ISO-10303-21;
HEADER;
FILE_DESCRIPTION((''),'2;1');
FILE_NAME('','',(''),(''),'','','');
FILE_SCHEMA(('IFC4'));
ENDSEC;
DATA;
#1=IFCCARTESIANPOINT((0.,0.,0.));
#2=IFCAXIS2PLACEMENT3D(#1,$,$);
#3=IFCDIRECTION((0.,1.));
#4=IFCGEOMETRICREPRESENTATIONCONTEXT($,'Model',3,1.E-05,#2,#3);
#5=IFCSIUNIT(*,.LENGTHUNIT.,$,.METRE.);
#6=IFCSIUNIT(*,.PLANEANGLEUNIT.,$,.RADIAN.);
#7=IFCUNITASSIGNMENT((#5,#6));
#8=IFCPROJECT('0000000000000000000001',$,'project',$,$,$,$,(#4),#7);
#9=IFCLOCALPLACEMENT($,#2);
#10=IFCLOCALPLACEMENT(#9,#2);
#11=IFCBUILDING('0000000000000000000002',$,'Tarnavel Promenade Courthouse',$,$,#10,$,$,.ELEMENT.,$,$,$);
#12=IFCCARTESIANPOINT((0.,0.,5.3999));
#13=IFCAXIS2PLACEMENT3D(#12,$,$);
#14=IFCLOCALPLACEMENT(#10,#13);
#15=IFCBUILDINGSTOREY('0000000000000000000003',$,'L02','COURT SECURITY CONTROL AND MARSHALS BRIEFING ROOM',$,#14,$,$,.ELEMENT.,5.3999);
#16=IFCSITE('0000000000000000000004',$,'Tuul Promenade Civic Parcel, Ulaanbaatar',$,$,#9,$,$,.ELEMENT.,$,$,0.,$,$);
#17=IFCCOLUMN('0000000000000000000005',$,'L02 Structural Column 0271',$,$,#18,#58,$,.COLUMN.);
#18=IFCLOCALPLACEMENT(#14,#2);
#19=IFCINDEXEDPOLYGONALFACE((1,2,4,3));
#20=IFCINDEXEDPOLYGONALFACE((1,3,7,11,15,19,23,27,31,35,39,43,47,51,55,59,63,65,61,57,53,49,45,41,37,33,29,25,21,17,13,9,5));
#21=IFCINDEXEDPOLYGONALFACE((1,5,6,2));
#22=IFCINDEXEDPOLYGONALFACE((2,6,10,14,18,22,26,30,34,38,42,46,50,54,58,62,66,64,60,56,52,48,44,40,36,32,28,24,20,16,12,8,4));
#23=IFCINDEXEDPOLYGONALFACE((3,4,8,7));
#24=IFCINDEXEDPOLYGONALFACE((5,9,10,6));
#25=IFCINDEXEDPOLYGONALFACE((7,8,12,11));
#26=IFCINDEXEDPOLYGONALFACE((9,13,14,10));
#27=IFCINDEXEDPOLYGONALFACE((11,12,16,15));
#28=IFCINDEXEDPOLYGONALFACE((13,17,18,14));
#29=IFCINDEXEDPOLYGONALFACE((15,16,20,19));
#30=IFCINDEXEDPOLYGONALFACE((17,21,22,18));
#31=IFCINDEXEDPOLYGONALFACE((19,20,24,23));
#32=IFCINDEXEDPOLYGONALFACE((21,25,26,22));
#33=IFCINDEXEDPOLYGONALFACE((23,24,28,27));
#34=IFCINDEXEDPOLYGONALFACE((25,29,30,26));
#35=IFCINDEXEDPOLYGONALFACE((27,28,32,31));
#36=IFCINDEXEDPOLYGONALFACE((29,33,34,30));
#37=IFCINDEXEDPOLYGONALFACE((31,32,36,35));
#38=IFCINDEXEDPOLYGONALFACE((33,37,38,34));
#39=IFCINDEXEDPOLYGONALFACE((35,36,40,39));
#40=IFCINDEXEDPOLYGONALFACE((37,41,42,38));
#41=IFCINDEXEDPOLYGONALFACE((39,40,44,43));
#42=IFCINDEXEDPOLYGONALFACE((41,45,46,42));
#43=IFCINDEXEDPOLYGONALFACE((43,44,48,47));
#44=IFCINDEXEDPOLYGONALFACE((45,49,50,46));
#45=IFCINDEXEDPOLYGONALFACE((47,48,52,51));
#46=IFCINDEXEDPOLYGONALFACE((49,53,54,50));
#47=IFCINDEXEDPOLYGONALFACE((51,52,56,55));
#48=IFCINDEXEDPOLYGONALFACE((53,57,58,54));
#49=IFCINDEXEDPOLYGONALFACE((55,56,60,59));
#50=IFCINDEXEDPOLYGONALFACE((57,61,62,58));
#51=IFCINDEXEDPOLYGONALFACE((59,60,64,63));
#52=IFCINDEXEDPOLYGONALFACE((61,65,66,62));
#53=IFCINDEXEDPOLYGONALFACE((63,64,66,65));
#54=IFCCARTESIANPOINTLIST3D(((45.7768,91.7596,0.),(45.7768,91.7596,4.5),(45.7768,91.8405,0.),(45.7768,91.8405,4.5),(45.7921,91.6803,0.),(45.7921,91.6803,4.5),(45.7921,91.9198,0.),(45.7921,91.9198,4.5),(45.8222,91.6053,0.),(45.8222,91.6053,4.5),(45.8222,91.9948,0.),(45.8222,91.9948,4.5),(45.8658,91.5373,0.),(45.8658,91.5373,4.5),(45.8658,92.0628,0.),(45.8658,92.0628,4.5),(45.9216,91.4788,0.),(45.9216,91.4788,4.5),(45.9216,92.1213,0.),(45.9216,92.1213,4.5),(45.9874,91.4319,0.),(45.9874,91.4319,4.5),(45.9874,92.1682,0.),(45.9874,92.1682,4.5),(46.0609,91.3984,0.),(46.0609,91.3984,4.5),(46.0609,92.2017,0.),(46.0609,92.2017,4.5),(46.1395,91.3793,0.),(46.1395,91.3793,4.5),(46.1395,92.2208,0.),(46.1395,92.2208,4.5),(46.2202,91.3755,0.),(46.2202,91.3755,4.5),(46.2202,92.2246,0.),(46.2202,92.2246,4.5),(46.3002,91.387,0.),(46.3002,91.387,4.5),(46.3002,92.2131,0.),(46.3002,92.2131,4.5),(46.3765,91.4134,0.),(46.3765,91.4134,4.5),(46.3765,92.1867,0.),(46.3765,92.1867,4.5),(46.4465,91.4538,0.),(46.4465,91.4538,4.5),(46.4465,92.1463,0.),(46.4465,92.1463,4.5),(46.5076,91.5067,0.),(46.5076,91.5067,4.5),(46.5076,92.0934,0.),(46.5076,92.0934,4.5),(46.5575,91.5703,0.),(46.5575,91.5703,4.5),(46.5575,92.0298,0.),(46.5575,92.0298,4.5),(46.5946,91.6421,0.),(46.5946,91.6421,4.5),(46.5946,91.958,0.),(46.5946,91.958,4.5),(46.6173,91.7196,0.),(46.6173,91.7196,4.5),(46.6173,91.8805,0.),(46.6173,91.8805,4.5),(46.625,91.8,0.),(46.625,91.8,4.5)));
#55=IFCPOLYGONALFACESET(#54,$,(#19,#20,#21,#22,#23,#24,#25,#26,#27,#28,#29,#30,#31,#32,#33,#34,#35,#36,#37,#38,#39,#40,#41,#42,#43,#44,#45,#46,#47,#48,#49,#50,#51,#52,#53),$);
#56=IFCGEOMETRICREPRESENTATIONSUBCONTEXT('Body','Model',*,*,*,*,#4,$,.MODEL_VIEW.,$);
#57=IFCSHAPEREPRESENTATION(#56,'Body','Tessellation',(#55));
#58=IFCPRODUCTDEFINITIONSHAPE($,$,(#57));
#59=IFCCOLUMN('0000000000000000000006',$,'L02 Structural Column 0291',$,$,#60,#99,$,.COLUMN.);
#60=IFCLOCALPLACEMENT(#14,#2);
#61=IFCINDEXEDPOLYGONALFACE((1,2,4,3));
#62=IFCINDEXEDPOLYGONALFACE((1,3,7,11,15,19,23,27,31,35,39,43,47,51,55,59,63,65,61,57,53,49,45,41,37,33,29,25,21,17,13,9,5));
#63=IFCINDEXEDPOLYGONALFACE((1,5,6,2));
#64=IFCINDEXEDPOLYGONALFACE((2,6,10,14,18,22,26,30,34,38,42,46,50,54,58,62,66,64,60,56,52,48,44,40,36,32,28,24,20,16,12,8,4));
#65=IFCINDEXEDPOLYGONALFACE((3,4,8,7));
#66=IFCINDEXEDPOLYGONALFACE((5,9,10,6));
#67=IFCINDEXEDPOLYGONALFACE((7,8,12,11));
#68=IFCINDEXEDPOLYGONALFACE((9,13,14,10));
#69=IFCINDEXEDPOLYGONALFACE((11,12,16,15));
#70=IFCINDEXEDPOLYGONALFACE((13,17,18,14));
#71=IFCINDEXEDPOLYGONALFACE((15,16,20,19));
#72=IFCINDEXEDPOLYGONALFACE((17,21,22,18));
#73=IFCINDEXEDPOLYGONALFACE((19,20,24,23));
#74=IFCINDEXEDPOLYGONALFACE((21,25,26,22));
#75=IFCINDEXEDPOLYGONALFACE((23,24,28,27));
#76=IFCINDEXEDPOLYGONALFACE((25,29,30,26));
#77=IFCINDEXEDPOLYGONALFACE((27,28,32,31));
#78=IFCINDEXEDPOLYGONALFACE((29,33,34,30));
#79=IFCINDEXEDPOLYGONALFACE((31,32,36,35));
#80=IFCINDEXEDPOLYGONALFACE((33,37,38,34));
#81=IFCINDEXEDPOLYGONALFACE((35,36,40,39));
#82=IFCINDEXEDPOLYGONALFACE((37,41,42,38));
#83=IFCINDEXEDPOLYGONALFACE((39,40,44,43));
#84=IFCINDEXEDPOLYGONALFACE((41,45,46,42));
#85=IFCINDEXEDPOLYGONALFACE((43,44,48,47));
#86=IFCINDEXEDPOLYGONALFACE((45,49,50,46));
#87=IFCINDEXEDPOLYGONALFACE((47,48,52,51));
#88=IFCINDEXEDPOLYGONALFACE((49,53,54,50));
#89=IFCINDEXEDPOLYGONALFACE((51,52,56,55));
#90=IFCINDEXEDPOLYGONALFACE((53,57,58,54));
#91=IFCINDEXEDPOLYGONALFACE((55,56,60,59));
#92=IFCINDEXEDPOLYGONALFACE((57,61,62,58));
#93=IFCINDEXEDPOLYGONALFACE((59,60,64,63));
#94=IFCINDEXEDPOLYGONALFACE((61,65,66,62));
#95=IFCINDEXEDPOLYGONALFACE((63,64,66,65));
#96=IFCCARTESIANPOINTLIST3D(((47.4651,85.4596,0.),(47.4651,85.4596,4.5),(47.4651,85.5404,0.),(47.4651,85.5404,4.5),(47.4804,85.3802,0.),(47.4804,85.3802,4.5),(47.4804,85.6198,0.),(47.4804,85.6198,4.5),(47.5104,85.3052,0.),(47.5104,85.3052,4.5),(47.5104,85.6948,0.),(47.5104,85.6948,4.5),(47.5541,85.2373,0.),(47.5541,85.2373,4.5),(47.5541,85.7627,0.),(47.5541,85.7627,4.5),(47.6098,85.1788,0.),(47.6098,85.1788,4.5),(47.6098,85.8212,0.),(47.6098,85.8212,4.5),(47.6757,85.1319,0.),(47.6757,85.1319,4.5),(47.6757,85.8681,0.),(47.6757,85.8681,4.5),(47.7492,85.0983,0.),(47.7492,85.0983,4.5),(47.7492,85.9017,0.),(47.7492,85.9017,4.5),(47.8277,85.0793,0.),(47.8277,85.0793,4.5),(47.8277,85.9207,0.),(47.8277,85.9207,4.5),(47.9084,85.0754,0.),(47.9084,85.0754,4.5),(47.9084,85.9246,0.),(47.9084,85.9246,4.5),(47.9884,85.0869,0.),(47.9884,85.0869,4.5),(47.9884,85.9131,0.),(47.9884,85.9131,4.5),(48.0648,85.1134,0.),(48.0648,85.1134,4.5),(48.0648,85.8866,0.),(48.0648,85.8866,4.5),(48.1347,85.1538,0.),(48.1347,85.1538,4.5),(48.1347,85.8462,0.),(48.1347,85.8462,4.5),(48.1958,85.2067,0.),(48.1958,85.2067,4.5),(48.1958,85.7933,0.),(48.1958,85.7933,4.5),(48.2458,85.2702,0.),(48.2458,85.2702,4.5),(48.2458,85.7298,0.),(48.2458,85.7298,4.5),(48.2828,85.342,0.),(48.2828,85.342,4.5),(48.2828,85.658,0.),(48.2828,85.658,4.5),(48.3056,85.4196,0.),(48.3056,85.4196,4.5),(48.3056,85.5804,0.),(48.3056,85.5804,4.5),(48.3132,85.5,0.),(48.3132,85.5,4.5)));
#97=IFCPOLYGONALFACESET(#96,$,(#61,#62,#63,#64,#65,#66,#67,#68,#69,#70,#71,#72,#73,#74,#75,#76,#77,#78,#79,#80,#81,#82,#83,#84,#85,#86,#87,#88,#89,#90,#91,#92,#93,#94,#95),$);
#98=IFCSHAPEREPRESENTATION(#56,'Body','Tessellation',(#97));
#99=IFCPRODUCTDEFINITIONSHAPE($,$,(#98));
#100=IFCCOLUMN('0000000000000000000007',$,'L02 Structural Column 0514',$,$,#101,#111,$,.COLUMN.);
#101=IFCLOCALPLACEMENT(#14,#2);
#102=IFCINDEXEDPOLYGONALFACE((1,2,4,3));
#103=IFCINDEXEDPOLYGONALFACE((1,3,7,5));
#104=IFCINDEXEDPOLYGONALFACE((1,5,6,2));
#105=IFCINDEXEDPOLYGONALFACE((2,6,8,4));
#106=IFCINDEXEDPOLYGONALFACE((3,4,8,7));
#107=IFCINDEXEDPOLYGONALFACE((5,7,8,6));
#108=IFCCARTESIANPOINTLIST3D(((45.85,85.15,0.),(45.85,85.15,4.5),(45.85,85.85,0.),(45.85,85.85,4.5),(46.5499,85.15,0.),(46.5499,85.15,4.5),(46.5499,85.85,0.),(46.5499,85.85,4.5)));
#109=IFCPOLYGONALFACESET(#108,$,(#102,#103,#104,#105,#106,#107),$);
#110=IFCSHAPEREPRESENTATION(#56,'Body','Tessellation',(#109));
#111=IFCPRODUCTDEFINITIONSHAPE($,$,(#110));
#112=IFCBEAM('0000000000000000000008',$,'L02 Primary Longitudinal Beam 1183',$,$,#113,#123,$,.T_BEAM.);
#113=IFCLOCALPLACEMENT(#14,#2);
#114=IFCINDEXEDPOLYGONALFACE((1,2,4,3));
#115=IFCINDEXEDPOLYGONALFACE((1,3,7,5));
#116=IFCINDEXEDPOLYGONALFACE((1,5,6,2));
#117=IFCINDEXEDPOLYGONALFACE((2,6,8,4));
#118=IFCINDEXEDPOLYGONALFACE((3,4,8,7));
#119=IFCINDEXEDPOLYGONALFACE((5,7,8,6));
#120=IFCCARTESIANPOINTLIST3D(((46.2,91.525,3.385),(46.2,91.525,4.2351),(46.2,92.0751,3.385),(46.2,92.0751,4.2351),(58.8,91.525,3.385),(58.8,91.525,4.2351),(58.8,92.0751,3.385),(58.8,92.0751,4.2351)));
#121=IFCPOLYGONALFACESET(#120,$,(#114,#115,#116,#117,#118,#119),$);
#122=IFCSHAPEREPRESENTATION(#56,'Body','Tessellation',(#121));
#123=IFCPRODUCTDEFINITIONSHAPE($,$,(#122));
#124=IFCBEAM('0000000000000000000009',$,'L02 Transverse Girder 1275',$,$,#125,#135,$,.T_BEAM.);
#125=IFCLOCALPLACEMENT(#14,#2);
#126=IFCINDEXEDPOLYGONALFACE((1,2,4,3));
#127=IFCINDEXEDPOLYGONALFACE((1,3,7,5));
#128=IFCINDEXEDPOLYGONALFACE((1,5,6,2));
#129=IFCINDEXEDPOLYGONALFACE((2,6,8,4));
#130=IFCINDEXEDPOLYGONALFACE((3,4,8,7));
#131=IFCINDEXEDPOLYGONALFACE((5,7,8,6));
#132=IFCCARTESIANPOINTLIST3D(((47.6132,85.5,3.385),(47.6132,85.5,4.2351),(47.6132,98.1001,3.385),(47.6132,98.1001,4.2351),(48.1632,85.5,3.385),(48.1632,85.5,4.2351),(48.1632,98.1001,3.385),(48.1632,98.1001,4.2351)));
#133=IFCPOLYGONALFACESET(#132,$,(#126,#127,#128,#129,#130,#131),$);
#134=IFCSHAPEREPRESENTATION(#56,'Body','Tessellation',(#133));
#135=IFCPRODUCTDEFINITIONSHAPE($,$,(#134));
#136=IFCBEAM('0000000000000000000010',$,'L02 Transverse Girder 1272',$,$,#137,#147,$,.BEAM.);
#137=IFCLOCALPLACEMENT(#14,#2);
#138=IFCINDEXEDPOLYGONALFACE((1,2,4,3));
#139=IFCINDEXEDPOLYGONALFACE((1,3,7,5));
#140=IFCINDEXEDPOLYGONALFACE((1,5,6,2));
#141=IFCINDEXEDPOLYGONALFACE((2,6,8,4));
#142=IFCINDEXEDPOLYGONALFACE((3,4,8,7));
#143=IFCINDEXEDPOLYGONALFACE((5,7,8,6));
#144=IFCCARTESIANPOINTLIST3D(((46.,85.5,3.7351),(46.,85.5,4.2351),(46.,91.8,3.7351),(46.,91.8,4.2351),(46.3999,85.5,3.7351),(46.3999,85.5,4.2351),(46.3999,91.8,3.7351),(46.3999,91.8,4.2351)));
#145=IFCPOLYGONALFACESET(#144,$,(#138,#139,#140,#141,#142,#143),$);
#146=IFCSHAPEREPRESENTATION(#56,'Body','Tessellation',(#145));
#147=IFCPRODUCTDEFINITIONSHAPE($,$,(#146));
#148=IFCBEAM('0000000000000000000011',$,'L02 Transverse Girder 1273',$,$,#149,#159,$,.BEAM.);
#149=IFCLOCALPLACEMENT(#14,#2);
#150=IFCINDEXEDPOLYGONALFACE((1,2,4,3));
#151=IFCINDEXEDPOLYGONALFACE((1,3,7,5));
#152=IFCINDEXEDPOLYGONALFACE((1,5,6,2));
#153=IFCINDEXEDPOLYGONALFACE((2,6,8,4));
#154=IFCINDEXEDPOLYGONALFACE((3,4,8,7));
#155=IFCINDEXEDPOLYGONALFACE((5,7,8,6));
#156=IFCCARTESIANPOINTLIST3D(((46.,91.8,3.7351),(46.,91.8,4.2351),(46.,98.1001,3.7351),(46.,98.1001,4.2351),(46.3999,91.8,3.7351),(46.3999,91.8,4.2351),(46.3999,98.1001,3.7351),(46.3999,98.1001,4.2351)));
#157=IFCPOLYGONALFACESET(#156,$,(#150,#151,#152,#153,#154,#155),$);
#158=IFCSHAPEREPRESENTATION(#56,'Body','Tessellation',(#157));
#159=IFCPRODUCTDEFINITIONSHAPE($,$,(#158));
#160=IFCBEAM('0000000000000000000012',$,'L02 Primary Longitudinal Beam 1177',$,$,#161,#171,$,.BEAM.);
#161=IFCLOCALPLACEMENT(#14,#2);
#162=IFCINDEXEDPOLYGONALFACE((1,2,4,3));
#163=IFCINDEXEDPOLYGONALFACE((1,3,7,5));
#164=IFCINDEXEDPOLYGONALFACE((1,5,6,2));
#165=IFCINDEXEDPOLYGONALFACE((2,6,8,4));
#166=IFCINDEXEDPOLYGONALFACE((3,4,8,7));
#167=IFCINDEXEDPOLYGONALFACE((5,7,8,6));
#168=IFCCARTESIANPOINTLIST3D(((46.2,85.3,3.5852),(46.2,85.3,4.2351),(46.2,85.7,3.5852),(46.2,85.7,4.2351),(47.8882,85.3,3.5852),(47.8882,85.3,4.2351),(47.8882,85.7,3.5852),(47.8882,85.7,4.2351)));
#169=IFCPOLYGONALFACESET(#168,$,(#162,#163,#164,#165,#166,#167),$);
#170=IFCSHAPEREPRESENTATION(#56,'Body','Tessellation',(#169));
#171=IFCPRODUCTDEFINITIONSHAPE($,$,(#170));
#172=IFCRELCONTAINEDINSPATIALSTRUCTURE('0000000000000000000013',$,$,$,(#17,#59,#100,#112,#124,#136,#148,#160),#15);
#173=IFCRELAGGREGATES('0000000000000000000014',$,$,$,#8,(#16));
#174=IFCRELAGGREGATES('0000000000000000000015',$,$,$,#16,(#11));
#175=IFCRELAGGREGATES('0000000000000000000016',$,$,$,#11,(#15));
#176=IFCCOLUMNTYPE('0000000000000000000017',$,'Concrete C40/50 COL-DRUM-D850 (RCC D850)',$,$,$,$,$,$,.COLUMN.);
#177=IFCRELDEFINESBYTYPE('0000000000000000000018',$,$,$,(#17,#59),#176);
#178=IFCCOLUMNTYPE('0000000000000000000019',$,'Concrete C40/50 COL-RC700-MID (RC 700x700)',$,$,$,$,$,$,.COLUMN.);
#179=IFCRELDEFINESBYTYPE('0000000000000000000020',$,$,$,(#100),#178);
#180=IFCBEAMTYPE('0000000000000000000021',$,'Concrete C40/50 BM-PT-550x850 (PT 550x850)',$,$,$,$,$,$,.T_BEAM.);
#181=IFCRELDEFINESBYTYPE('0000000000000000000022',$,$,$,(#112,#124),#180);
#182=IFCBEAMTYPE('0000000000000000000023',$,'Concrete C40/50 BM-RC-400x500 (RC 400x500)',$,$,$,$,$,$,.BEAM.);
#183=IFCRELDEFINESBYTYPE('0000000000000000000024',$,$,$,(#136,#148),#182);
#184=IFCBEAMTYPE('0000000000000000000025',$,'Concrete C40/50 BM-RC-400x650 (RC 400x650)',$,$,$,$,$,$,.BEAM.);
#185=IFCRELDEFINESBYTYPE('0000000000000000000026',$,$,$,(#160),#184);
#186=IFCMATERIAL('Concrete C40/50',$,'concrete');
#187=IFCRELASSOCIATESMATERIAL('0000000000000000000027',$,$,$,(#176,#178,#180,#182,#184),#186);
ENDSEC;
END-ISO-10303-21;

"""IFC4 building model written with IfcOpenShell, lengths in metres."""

from ifc_helpers import new_model, si_unit, direction, frame, origin, origin_2d, place, context, subcontext, project, spatial, rectangle, circle, extrude, material, material_profile, profile_set, type_object, element, save


model = new_model("IFC4")

# Units and contexts
model_context = context("Model", 3, precision=1e-05, world=origin(), true_north=direction((0.0, 1.0)))
body_context = subcontext(model_context, "Body", "Model", "MODEL_VIEW")
ifc_project = project(units=[si_unit("LENGTHUNIT", "METRE"), si_unit("PLANEANGLEUNIT", "RADIAN")], contexts=[model_context])

# Site, building, storey
site_placement = place(None, origin())
site = spatial("IfcSite", under=ifc_project, at=site_placement, Name="Tuul Promenade Civic Parcel, Ulaanbaatar", CompositionType="ELEMENT", RefElevation=0.0)
building_placement = place(site_placement, origin())
building = spatial("IfcBuilding", under=site, at=building_placement, Name="Tarnavel Promenade Courthouse", CompositionType="ELEMENT")
storey_placement = place(building_placement, frame((0.0, 0.0, 5.3999)))
storey = spatial("IfcBuildingStorey", under=building, at=storey_placement, Name="L02", Description="COURT SECURITY CONTROL AND MARSHALS BRIEFING ROOM", CompositionType="ELEMENT", Elevation=5.3999)

# Columns
ifc_material_1 = material(Name="Concrete C40/50", Category="concrete")
ifc_material_profile_1 = material_profile(ifc_material_1, circle(Radius=0.425, at=origin_2d()), Name="RCC D850")
ifc_profile_set_1 = profile_set([ifc_material_profile_1], Name="Concrete C40/50")
column_type_1 = type_object("IfcColumnType", Name="Concrete C40/50 COL-DRUM-D850 (RCC D850)", PredefinedType="COLUMN", material=ifc_profile_set_1)
for number, where, z_axis, x_axis, name in (
    (1, (46.2, 91.8, 0.0), (0.0, 0.0, 1.0), (1.0, 0.0, 0.0), "L02 Structural Column 0271"),
    (2, (47.8882, 85.5, 0.0), (0.0, 0.0, 1.0), (1.0, 0.0, 0.0), "L02 Structural Column 0291"),
):
    element("IfcColumn", number, at=place(storey_placement, frame(where, z_axis=z_axis, x_axis=x_axis)), inside=storey, type_object=column_type_1, Name=name, PredefinedType="COLUMN", context=body_context, shape_type="SweptSolid", body=[
        extrude(circle(Radius=0.425, at=origin_2d()), origin(), (0.0, 0.0, 1.0), 4.5),
    ])
ifc_material_profile_2 = material_profile(ifc_material_1, rectangle(XDim=0.7, YDim=0.7, at=origin_2d()), Name="RC 700x700")
ifc_profile_set_2 = profile_set([ifc_material_profile_2], Name="Concrete C40/50")
column_type_2 = type_object("IfcColumnType", Name="Concrete C40/50 COL-RC700-MID (RC 700x700)", PredefinedType="COLUMN", material=ifc_profile_set_2)
column_placement = place(storey_placement, frame((46.2, 85.5, 0.0), z_axis=(0.0, 0.0, 1.0), x_axis=(1.0, 0.0, 0.0)))
element("IfcColumn", 3, at=column_placement, inside=storey, type_object=column_type_2, Name="L02 Structural Column 0514", PredefinedType="COLUMN", context=body_context, shape_type="SweptSolid", body=[
    extrude(rectangle(XDim=0.7, YDim=0.7, at=origin_2d()), origin(), (0.0, 0.0, 1.0), 4.5),
])

# Beams
ifc_material_profile_3 = material_profile(ifc_material_1, rectangle(XDim=0.55, YDim=0.8501, at=origin_2d()), Name="PT 550x850")
ifc_profile_set_3 = profile_set([ifc_material_profile_3], Name="Concrete C40/50")
beam_type_1 = type_object("IfcBeamType", Name="Concrete C40/50 BM-PT-550x850 (PT 550x850)", PredefinedType="T_BEAM", material=ifc_profile_set_3)
for number, where, z_axis, x_axis, name in (
    (4, (46.2, 91.8, 3.8101), (1.0, 0.0, 0.0), (0.0, 1.0, 0.0), "L02 Primary Longitudinal Beam 1183"),
    (5, (47.8882, 85.5, 3.8101), (0.0, 1.0, 0.0), (-1.0, 0.0, 0.0), "L02 Transverse Girder 1275"),
):
    element("IfcBeam", number, at=place(storey_placement, frame(where, z_axis=z_axis, x_axis=x_axis)), inside=storey, type_object=beam_type_1, Name=name, PredefinedType="T_BEAM", context=body_context, shape_type="SweptSolid", body=[
        extrude(rectangle(XDim=0.55, YDim=0.8501, at=origin_2d()), origin(), (0.0, 0.0, 1.0), 12.6001),
    ])
ifc_material_profile_4 = material_profile(ifc_material_1, rectangle(XDim=0.3999, YDim=0.5, at=origin_2d()), Name="RC 400x500")
ifc_profile_set_4 = profile_set([ifc_material_profile_4], Name="Concrete C40/50")
beam_type_2 = type_object("IfcBeamType", Name="Concrete C40/50 BM-RC-400x500 (RC 400x500)", PredefinedType="BEAM", material=ifc_profile_set_4)
for number, where, z_axis, x_axis, name in (
    (6, (46.2, 85.5, 3.9851), (0.0, 1.0, 0.0), (-1.0, 0.0, 0.0), "L02 Transverse Girder 1272"),
    (7, (46.2, 91.8, 3.9851), (0.0, 1.0, 0.0), (-1.0, 0.0, 0.0), "L02 Transverse Girder 1273"),
):
    element("IfcBeam", number, at=place(storey_placement, frame(where, z_axis=z_axis, x_axis=x_axis)), inside=storey, type_object=beam_type_2, Name=name, PredefinedType="BEAM", context=body_context, shape_type="SweptSolid", body=[
        extrude(rectangle(XDim=0.3999, YDim=0.5, at=origin_2d()), origin(), (0.0, 0.0, 1.0), 6.3),
    ])
ifc_material_profile_5 = material_profile(ifc_material_1, rectangle(XDim=0.3999, YDim=0.6499, at=origin_2d()), Name="RC 400x650")
ifc_profile_set_5 = profile_set([ifc_material_profile_5], Name="Concrete C40/50")
beam_type_3 = type_object("IfcBeamType", Name="Concrete C40/50 BM-RC-400x650 (RC 400x650)", PredefinedType="BEAM", material=ifc_profile_set_5)
beam_1_placement = place(storey_placement, frame((46.2, 85.5, 3.9102), z_axis=(1.0, 0.0, 0.0), x_axis=(0.0, 1.0, 0.0)))
element("IfcBeam", 8, at=beam_1_placement, inside=storey, type_object=beam_type_3, Name="L02 Primary Longitudinal Beam 1177", PredefinedType="BEAM", context=body_context, shape_type="SweptSolid", body=[
    extrude(rectangle(XDim=0.3999, YDim=0.6499, at=origin_2d()), origin(), (0.0, 0.0, 1.0), 1.6882),
])

save(model, "model.ifc")
